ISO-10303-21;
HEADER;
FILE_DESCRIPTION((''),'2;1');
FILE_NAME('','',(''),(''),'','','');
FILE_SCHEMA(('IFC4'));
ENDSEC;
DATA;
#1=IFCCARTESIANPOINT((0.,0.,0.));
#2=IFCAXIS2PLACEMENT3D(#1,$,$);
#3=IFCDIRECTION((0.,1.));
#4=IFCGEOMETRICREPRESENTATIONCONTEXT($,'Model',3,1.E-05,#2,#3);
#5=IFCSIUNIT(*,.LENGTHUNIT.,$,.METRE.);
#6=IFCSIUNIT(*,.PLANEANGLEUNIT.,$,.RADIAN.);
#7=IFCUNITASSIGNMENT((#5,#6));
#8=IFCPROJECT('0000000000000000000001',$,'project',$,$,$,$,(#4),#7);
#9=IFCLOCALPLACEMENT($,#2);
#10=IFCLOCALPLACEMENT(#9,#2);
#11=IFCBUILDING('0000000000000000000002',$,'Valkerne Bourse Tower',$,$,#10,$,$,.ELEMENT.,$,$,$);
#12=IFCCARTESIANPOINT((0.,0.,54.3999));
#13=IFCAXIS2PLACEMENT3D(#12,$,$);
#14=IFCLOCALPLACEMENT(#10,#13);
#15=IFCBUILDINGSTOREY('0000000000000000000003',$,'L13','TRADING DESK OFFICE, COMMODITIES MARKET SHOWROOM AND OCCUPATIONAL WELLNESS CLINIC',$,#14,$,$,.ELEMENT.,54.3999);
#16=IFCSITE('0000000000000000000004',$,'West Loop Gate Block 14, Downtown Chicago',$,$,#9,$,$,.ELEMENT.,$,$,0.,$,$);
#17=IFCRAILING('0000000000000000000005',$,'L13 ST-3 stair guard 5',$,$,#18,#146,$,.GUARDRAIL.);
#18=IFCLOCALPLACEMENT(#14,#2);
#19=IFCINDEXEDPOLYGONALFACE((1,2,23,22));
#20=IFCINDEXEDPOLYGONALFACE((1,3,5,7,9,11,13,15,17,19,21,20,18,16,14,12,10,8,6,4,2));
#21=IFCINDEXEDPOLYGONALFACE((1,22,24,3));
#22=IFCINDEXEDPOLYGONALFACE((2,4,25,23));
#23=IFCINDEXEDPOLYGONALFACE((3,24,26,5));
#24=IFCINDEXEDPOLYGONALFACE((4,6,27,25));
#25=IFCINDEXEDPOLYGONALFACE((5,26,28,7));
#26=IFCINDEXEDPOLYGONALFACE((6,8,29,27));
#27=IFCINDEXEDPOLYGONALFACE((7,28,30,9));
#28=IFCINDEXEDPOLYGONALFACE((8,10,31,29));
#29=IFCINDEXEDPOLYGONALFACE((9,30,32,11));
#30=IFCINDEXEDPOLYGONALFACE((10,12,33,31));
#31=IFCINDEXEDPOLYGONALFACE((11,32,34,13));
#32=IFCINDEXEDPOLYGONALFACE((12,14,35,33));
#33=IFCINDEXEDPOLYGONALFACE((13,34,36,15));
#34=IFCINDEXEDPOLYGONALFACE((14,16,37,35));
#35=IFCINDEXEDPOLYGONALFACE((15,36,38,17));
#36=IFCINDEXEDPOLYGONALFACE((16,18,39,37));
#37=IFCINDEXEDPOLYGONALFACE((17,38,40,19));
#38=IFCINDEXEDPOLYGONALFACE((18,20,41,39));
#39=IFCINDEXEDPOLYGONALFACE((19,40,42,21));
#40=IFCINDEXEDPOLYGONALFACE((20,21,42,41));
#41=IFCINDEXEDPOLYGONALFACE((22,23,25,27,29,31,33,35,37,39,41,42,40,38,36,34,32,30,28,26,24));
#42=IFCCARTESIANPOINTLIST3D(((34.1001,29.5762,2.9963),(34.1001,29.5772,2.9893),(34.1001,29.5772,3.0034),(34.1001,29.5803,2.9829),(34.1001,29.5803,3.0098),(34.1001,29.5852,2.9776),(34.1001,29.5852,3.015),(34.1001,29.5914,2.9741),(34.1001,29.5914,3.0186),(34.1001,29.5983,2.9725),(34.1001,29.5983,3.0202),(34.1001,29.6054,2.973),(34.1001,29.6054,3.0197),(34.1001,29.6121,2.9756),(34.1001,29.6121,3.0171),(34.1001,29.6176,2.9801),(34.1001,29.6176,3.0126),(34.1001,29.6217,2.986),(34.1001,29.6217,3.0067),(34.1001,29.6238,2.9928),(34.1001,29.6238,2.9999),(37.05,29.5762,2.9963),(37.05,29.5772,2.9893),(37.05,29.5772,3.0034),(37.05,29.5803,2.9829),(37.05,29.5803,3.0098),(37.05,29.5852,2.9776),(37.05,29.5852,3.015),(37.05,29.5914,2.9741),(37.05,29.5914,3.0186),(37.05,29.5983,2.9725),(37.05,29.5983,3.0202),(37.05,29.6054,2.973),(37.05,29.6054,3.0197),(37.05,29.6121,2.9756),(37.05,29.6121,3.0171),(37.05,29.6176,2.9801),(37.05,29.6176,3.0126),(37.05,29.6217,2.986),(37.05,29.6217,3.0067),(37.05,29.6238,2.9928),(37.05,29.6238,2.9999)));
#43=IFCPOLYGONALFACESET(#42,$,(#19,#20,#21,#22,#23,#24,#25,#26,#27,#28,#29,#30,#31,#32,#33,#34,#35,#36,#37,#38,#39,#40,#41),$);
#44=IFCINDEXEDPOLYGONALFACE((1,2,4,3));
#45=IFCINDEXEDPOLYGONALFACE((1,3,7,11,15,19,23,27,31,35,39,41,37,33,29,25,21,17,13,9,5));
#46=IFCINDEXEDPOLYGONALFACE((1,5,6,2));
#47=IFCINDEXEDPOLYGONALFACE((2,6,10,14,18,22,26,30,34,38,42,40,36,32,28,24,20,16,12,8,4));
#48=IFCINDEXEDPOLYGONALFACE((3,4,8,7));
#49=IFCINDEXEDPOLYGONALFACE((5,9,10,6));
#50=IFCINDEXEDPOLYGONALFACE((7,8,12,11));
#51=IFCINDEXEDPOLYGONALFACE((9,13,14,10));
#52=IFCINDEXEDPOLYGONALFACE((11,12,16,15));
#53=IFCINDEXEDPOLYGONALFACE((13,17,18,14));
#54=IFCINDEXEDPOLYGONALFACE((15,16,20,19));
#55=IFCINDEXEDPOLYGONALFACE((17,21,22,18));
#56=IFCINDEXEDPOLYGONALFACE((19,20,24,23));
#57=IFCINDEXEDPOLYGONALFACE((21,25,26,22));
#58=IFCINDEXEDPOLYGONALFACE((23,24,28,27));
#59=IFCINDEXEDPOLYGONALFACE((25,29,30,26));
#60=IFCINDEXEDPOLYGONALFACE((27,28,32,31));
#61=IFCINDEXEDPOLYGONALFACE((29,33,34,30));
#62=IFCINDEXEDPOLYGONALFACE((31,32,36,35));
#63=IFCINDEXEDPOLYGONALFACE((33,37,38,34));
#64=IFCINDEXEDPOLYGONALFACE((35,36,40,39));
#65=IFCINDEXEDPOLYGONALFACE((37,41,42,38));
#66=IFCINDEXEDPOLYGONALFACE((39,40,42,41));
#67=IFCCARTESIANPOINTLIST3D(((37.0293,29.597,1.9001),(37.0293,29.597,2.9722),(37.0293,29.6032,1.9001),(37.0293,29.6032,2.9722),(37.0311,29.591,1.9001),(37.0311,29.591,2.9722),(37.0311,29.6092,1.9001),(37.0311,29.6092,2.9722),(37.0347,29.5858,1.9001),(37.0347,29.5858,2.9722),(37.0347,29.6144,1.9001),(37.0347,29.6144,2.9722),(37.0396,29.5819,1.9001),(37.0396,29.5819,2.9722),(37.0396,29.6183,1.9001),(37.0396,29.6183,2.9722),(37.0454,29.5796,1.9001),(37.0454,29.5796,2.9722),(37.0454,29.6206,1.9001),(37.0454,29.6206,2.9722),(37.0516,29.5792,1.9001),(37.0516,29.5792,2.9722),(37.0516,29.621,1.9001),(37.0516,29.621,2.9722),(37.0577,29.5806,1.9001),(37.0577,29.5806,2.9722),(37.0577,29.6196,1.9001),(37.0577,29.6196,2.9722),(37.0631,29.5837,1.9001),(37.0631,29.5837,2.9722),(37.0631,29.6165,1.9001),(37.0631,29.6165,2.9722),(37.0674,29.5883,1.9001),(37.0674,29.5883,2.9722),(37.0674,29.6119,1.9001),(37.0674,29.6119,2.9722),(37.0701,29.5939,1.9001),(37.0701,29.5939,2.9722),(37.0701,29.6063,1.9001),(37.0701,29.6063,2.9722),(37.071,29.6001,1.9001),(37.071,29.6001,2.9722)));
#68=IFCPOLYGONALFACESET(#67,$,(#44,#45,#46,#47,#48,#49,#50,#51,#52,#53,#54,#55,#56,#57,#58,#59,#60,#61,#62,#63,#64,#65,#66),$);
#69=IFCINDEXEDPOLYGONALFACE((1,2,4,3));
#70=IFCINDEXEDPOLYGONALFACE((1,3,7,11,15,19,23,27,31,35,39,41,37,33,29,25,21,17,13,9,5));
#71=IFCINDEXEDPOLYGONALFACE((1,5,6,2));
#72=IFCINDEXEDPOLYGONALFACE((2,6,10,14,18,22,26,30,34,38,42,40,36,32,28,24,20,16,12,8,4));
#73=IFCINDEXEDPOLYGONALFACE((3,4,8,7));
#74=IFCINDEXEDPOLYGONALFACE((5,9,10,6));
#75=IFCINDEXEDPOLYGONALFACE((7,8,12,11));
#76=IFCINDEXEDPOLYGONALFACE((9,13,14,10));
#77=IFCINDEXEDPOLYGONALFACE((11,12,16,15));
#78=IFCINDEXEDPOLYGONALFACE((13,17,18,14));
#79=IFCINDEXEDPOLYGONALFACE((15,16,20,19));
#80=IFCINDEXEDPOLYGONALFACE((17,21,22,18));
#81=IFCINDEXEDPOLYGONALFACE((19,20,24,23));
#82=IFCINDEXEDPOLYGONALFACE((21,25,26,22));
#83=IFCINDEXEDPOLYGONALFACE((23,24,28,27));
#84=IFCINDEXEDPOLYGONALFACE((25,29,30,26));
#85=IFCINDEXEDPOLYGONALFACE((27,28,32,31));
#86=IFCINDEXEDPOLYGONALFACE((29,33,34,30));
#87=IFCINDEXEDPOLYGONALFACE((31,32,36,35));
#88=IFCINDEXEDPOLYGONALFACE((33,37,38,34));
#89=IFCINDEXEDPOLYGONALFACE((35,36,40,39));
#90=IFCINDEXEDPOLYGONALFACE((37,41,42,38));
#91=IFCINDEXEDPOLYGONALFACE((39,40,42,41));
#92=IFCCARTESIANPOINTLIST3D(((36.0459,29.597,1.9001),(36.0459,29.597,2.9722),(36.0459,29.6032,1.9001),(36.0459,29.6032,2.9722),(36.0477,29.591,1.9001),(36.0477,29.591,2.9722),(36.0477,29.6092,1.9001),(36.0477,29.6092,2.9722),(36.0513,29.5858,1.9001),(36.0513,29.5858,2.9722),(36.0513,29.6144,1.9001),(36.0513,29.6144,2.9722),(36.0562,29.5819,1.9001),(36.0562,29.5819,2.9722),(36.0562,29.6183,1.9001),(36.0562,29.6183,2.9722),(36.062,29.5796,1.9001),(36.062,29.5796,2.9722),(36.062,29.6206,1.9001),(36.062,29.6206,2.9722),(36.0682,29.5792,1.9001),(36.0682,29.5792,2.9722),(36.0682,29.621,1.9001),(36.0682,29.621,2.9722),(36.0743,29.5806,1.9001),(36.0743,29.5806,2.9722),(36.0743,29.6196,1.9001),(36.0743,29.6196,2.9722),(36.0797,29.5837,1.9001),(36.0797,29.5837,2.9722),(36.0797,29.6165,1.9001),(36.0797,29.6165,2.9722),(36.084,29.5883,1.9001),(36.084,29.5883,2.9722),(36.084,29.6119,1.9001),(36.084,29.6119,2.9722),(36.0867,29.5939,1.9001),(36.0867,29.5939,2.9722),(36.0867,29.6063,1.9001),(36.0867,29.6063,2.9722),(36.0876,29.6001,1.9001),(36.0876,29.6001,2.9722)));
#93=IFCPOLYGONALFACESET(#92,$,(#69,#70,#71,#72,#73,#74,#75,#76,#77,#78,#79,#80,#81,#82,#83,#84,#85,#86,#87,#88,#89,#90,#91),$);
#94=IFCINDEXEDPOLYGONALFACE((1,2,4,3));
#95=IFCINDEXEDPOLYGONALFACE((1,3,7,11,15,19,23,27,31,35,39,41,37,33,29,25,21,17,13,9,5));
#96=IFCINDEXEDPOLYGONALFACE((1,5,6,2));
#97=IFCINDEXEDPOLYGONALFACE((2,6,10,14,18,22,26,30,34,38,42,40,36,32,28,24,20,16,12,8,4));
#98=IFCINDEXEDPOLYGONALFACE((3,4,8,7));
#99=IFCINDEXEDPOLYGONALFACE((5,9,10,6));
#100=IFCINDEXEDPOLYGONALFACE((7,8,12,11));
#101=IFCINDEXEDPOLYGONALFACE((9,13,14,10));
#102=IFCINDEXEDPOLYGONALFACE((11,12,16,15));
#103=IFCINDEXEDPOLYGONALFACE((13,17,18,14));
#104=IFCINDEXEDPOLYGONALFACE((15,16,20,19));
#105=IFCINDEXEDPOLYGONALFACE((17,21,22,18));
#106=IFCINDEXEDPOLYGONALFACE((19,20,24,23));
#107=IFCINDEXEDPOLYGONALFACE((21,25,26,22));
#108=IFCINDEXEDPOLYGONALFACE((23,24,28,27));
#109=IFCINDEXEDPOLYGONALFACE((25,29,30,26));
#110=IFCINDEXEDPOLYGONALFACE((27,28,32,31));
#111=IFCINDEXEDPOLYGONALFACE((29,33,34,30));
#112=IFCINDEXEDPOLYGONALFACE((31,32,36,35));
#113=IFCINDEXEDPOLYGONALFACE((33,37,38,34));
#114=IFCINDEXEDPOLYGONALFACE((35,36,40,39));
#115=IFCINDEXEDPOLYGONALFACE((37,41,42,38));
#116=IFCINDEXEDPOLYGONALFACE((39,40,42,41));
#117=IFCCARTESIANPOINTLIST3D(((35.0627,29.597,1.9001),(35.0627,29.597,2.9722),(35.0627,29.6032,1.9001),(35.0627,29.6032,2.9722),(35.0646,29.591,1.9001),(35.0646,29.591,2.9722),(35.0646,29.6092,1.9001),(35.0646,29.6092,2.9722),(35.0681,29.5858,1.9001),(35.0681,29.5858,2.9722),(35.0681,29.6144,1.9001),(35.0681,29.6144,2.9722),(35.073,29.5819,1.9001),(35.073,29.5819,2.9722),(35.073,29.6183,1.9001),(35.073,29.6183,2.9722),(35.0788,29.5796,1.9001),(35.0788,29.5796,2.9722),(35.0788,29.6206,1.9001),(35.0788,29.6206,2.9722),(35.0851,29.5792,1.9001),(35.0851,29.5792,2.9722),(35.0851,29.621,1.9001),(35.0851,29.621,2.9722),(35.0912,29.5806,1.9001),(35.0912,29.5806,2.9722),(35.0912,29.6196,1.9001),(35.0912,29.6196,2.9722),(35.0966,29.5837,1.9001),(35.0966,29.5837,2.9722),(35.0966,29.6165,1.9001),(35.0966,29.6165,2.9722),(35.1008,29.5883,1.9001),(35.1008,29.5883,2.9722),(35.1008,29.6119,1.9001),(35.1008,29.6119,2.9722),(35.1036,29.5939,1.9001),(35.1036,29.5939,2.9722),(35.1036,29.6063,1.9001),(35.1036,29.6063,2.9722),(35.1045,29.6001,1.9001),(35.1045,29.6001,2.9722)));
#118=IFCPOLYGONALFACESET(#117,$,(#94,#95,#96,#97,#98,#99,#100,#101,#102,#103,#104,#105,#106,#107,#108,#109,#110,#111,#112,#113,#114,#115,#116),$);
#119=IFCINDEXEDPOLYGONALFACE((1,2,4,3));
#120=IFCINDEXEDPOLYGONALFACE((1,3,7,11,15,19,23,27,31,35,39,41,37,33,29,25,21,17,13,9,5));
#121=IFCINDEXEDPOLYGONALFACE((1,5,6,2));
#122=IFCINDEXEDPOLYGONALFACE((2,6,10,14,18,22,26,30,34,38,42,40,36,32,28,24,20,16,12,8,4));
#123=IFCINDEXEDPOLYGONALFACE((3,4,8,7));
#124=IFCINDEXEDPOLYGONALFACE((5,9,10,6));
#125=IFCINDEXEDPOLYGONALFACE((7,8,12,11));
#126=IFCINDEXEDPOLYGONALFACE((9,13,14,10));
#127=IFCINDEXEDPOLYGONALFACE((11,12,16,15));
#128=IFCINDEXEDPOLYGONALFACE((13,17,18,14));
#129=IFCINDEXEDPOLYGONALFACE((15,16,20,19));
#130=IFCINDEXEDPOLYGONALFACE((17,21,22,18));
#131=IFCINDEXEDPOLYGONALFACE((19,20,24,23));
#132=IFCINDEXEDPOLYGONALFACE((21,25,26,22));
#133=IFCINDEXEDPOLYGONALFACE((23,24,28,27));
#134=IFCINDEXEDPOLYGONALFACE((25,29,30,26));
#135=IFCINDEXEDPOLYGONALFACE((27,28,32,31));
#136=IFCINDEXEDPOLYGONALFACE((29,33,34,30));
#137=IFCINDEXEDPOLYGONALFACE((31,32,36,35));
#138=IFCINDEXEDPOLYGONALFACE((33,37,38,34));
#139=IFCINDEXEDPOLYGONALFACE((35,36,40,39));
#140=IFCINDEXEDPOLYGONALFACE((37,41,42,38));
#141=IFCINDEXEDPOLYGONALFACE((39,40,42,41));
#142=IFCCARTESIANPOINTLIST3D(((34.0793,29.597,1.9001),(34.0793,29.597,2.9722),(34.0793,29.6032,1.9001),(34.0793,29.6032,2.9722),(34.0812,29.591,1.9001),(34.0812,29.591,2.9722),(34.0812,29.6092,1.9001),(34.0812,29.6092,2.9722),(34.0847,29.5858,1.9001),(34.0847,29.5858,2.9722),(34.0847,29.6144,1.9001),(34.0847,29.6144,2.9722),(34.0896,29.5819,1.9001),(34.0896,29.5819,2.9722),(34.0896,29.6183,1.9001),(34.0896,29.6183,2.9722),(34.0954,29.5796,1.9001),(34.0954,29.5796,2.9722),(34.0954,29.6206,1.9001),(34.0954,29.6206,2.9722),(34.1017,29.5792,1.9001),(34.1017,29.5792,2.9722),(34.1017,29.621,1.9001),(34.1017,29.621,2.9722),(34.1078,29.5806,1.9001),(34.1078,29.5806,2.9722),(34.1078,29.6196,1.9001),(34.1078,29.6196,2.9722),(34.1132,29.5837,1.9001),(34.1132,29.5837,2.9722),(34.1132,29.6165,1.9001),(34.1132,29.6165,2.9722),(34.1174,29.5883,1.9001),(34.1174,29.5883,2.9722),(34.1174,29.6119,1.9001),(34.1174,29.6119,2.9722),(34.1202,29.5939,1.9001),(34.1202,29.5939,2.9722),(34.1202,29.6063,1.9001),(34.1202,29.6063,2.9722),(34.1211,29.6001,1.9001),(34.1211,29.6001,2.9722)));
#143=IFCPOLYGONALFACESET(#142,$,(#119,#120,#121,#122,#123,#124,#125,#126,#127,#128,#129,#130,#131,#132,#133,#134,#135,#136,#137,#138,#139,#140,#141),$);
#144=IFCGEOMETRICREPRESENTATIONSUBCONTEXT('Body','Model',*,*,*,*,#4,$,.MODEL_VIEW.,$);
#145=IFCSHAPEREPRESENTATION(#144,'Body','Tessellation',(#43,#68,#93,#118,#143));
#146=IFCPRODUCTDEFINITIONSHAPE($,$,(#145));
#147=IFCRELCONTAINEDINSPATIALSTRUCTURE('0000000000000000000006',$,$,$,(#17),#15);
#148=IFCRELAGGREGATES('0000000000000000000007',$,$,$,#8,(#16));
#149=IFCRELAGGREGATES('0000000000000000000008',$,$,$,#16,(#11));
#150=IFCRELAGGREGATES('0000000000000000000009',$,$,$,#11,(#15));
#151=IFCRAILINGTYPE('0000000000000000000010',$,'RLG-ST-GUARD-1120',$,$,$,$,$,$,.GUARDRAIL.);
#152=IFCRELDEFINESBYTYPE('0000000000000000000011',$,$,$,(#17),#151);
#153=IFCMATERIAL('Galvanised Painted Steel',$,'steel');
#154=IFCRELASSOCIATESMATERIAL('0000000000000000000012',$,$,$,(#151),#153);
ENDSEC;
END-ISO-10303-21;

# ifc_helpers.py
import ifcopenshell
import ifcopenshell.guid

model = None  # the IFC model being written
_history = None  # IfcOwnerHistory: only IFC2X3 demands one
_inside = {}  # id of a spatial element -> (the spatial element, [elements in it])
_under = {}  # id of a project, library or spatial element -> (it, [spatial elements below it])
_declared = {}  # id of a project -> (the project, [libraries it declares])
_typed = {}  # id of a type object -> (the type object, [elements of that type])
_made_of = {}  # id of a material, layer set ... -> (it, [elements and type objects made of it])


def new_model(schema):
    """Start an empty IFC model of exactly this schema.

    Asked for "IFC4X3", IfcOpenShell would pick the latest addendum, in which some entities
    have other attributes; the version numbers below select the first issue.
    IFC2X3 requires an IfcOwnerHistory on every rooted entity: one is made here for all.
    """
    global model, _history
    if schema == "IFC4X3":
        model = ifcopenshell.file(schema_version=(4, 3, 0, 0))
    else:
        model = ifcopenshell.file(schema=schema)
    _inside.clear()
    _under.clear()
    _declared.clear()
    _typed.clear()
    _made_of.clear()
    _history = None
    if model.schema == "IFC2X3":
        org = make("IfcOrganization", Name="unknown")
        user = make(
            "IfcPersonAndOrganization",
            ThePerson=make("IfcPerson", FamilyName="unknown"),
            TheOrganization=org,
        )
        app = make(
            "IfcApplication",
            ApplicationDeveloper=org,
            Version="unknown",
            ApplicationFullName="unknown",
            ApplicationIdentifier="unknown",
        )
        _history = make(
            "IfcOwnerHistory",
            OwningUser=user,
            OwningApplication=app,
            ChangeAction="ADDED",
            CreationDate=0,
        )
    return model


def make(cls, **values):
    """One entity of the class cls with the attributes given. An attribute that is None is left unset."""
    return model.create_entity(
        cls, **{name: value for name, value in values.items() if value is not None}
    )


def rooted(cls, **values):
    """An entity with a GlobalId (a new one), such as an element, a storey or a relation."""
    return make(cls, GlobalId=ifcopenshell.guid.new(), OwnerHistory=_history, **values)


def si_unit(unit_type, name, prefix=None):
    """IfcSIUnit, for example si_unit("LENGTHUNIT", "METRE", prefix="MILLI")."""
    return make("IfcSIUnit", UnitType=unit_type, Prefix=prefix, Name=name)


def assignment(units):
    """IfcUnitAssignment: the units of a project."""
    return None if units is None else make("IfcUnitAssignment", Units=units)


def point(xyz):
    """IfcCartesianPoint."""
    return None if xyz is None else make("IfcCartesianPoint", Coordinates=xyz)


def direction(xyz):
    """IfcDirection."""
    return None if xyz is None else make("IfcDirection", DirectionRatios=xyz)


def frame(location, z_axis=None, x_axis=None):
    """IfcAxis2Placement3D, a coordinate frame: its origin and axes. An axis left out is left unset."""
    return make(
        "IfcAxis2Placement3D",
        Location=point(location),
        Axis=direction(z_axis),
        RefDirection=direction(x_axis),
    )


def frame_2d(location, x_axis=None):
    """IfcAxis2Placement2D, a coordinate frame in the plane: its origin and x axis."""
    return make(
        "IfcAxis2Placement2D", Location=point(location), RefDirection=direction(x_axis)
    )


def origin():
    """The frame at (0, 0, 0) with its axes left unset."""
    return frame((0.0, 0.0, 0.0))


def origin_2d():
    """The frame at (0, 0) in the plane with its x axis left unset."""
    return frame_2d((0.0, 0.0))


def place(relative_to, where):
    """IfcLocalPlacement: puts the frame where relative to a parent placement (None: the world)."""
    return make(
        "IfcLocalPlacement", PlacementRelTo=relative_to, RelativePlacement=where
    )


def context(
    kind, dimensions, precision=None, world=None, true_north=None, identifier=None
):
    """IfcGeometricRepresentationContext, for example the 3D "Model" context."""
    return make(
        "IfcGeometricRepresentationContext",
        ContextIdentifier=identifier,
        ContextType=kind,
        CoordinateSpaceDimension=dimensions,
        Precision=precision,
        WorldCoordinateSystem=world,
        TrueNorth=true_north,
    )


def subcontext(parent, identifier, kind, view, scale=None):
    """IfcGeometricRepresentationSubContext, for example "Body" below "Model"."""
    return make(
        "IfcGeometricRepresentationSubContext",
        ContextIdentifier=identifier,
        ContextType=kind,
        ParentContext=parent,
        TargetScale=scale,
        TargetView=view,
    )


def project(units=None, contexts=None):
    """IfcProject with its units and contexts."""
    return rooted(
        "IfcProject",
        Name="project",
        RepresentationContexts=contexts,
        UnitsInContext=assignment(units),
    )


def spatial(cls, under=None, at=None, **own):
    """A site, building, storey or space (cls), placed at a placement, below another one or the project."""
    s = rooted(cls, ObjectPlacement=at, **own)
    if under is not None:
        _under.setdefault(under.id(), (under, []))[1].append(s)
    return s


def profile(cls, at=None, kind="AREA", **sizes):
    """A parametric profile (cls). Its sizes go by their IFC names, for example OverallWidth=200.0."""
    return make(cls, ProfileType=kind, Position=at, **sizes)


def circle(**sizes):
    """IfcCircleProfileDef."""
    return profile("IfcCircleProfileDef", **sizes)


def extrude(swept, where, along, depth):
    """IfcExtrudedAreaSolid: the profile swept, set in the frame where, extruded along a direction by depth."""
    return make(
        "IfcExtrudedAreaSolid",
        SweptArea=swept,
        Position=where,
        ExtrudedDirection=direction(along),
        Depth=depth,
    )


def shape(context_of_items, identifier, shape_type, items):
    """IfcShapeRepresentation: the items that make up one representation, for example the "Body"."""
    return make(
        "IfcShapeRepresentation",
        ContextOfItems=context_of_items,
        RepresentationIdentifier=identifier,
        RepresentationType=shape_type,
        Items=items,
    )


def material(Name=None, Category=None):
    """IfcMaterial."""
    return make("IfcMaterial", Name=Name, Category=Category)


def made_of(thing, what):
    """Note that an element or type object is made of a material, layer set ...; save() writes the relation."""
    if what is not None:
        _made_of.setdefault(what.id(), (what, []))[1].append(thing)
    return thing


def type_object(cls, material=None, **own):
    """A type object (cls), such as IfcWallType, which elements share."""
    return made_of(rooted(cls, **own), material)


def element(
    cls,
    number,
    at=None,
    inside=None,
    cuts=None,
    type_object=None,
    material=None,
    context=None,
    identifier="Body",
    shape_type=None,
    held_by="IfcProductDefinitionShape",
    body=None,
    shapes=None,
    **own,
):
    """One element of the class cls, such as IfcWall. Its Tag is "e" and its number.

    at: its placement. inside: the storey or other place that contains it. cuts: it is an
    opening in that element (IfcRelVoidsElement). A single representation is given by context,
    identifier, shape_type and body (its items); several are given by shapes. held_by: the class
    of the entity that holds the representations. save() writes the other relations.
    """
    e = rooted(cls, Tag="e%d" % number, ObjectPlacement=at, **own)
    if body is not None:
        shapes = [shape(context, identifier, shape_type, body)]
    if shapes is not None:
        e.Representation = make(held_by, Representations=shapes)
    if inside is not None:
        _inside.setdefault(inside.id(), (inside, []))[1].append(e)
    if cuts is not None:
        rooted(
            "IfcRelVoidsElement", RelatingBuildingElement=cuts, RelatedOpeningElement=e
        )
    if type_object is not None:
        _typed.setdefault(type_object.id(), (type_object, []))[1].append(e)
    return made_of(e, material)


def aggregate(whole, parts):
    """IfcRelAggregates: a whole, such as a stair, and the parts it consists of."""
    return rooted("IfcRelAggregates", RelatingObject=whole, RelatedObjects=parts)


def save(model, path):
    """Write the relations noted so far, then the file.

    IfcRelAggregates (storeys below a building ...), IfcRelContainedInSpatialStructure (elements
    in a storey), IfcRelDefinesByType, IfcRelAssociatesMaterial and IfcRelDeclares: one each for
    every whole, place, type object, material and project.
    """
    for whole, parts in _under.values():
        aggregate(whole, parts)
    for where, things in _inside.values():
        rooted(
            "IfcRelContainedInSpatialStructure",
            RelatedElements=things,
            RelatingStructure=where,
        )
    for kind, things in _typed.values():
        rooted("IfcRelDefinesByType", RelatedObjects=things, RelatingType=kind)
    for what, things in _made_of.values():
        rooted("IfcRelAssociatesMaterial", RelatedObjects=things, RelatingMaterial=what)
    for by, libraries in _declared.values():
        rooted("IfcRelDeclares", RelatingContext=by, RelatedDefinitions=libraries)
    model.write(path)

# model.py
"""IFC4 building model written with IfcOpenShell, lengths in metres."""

from ifc_helpers import new_model, si_unit, direction, frame, origin, origin_2d, place, context, subcontext, project, spatial, circle, extrude, material, type_object, element, save


model = new_model("IFC4")

# Units and contexts
model_context = context("Model", 3, precision=1e-05, world=origin(), true_north=direction((0.0, 1.0)))
body_context = subcontext(model_context, "Body", "Model", "MODEL_VIEW")
ifc_project = project(units=[si_unit("LENGTHUNIT", "METRE"), si_unit("PLANEANGLEUNIT", "RADIAN")], contexts=[model_context])

# Site, building, storey
site_placement = place(None, origin())
site = spatial("IfcSite", under=ifc_project, at=site_placement, Name="West Loop Gate Block 14, Downtown Chicago", CompositionType="ELEMENT", RefElevation=0.0)
building_placement = place(site_placement, origin())
building = spatial("IfcBuilding", under=site, at=building_placement, Name="Valkerne Bourse Tower", CompositionType="ELEMENT")
storey_placement = place(building_placement, frame((0.0, 0.0, 54.3999)))
storey = spatial("IfcBuildingStorey", under=building, at=storey_placement, Name="L13", Description="TRADING DESK OFFICE, COMMODITIES MARKET SHOWROOM AND OCCUPATIONAL WELLNESS CLINIC", CompositionType="ELEMENT", Elevation=54.3999)

# Shared definitions
ifc_material_1 = material(Name="Galvanised Painted Steel", Category="steel")

# Railing
railing_type_1 = type_object("IfcRailingType", Name="RLG-ST-GUARD-1120", PredefinedType="GUARDRAIL", material=ifc_material_1)
railing_1_placement = place(storey_placement, frame((37.05, 29.6001, 1.9001)))
element("IfcRailing", 1, at=railing_1_placement, inside=storey, type_object=railing_type_1, Name="L13 ST-3 stair guard 5", PredefinedType="GUARDRAIL", context=body_context, shape_type="SweptSolid", body=[
    extrude(circle(Radius=0.0239, at=origin_2d()), frame((0.0, 0.0, 1.0962), z_axis=(-1.0, 0.0, 0.0), x_axis=(0.0, -1.0, 0.0)), (0.0, 0.0, 1.0), 2.95),
    extrude(circle(Radius=0.021, at=origin_2d()), origin(), (0.0, 0.0, 1.0), 1.072),
    extrude(circle(Radius=0.021, at=origin_2d()), frame((-0.9834, 0.0, 0.0)), (0.0, 0.0, 1.0), 1.072),
    extrude(circle(Radius=0.021, at=origin_2d()), frame((-1.9666, 0.0, 0.0)), (0.0, 0.0, 1.0), 1.072),
    extrude(circle(Radius=0.021, at=origin_2d()), frame((-2.95, 0.0, 0.0)), (0.0, 0.0, 1.0), 1.072),
])

save(model, "model.ifc")
